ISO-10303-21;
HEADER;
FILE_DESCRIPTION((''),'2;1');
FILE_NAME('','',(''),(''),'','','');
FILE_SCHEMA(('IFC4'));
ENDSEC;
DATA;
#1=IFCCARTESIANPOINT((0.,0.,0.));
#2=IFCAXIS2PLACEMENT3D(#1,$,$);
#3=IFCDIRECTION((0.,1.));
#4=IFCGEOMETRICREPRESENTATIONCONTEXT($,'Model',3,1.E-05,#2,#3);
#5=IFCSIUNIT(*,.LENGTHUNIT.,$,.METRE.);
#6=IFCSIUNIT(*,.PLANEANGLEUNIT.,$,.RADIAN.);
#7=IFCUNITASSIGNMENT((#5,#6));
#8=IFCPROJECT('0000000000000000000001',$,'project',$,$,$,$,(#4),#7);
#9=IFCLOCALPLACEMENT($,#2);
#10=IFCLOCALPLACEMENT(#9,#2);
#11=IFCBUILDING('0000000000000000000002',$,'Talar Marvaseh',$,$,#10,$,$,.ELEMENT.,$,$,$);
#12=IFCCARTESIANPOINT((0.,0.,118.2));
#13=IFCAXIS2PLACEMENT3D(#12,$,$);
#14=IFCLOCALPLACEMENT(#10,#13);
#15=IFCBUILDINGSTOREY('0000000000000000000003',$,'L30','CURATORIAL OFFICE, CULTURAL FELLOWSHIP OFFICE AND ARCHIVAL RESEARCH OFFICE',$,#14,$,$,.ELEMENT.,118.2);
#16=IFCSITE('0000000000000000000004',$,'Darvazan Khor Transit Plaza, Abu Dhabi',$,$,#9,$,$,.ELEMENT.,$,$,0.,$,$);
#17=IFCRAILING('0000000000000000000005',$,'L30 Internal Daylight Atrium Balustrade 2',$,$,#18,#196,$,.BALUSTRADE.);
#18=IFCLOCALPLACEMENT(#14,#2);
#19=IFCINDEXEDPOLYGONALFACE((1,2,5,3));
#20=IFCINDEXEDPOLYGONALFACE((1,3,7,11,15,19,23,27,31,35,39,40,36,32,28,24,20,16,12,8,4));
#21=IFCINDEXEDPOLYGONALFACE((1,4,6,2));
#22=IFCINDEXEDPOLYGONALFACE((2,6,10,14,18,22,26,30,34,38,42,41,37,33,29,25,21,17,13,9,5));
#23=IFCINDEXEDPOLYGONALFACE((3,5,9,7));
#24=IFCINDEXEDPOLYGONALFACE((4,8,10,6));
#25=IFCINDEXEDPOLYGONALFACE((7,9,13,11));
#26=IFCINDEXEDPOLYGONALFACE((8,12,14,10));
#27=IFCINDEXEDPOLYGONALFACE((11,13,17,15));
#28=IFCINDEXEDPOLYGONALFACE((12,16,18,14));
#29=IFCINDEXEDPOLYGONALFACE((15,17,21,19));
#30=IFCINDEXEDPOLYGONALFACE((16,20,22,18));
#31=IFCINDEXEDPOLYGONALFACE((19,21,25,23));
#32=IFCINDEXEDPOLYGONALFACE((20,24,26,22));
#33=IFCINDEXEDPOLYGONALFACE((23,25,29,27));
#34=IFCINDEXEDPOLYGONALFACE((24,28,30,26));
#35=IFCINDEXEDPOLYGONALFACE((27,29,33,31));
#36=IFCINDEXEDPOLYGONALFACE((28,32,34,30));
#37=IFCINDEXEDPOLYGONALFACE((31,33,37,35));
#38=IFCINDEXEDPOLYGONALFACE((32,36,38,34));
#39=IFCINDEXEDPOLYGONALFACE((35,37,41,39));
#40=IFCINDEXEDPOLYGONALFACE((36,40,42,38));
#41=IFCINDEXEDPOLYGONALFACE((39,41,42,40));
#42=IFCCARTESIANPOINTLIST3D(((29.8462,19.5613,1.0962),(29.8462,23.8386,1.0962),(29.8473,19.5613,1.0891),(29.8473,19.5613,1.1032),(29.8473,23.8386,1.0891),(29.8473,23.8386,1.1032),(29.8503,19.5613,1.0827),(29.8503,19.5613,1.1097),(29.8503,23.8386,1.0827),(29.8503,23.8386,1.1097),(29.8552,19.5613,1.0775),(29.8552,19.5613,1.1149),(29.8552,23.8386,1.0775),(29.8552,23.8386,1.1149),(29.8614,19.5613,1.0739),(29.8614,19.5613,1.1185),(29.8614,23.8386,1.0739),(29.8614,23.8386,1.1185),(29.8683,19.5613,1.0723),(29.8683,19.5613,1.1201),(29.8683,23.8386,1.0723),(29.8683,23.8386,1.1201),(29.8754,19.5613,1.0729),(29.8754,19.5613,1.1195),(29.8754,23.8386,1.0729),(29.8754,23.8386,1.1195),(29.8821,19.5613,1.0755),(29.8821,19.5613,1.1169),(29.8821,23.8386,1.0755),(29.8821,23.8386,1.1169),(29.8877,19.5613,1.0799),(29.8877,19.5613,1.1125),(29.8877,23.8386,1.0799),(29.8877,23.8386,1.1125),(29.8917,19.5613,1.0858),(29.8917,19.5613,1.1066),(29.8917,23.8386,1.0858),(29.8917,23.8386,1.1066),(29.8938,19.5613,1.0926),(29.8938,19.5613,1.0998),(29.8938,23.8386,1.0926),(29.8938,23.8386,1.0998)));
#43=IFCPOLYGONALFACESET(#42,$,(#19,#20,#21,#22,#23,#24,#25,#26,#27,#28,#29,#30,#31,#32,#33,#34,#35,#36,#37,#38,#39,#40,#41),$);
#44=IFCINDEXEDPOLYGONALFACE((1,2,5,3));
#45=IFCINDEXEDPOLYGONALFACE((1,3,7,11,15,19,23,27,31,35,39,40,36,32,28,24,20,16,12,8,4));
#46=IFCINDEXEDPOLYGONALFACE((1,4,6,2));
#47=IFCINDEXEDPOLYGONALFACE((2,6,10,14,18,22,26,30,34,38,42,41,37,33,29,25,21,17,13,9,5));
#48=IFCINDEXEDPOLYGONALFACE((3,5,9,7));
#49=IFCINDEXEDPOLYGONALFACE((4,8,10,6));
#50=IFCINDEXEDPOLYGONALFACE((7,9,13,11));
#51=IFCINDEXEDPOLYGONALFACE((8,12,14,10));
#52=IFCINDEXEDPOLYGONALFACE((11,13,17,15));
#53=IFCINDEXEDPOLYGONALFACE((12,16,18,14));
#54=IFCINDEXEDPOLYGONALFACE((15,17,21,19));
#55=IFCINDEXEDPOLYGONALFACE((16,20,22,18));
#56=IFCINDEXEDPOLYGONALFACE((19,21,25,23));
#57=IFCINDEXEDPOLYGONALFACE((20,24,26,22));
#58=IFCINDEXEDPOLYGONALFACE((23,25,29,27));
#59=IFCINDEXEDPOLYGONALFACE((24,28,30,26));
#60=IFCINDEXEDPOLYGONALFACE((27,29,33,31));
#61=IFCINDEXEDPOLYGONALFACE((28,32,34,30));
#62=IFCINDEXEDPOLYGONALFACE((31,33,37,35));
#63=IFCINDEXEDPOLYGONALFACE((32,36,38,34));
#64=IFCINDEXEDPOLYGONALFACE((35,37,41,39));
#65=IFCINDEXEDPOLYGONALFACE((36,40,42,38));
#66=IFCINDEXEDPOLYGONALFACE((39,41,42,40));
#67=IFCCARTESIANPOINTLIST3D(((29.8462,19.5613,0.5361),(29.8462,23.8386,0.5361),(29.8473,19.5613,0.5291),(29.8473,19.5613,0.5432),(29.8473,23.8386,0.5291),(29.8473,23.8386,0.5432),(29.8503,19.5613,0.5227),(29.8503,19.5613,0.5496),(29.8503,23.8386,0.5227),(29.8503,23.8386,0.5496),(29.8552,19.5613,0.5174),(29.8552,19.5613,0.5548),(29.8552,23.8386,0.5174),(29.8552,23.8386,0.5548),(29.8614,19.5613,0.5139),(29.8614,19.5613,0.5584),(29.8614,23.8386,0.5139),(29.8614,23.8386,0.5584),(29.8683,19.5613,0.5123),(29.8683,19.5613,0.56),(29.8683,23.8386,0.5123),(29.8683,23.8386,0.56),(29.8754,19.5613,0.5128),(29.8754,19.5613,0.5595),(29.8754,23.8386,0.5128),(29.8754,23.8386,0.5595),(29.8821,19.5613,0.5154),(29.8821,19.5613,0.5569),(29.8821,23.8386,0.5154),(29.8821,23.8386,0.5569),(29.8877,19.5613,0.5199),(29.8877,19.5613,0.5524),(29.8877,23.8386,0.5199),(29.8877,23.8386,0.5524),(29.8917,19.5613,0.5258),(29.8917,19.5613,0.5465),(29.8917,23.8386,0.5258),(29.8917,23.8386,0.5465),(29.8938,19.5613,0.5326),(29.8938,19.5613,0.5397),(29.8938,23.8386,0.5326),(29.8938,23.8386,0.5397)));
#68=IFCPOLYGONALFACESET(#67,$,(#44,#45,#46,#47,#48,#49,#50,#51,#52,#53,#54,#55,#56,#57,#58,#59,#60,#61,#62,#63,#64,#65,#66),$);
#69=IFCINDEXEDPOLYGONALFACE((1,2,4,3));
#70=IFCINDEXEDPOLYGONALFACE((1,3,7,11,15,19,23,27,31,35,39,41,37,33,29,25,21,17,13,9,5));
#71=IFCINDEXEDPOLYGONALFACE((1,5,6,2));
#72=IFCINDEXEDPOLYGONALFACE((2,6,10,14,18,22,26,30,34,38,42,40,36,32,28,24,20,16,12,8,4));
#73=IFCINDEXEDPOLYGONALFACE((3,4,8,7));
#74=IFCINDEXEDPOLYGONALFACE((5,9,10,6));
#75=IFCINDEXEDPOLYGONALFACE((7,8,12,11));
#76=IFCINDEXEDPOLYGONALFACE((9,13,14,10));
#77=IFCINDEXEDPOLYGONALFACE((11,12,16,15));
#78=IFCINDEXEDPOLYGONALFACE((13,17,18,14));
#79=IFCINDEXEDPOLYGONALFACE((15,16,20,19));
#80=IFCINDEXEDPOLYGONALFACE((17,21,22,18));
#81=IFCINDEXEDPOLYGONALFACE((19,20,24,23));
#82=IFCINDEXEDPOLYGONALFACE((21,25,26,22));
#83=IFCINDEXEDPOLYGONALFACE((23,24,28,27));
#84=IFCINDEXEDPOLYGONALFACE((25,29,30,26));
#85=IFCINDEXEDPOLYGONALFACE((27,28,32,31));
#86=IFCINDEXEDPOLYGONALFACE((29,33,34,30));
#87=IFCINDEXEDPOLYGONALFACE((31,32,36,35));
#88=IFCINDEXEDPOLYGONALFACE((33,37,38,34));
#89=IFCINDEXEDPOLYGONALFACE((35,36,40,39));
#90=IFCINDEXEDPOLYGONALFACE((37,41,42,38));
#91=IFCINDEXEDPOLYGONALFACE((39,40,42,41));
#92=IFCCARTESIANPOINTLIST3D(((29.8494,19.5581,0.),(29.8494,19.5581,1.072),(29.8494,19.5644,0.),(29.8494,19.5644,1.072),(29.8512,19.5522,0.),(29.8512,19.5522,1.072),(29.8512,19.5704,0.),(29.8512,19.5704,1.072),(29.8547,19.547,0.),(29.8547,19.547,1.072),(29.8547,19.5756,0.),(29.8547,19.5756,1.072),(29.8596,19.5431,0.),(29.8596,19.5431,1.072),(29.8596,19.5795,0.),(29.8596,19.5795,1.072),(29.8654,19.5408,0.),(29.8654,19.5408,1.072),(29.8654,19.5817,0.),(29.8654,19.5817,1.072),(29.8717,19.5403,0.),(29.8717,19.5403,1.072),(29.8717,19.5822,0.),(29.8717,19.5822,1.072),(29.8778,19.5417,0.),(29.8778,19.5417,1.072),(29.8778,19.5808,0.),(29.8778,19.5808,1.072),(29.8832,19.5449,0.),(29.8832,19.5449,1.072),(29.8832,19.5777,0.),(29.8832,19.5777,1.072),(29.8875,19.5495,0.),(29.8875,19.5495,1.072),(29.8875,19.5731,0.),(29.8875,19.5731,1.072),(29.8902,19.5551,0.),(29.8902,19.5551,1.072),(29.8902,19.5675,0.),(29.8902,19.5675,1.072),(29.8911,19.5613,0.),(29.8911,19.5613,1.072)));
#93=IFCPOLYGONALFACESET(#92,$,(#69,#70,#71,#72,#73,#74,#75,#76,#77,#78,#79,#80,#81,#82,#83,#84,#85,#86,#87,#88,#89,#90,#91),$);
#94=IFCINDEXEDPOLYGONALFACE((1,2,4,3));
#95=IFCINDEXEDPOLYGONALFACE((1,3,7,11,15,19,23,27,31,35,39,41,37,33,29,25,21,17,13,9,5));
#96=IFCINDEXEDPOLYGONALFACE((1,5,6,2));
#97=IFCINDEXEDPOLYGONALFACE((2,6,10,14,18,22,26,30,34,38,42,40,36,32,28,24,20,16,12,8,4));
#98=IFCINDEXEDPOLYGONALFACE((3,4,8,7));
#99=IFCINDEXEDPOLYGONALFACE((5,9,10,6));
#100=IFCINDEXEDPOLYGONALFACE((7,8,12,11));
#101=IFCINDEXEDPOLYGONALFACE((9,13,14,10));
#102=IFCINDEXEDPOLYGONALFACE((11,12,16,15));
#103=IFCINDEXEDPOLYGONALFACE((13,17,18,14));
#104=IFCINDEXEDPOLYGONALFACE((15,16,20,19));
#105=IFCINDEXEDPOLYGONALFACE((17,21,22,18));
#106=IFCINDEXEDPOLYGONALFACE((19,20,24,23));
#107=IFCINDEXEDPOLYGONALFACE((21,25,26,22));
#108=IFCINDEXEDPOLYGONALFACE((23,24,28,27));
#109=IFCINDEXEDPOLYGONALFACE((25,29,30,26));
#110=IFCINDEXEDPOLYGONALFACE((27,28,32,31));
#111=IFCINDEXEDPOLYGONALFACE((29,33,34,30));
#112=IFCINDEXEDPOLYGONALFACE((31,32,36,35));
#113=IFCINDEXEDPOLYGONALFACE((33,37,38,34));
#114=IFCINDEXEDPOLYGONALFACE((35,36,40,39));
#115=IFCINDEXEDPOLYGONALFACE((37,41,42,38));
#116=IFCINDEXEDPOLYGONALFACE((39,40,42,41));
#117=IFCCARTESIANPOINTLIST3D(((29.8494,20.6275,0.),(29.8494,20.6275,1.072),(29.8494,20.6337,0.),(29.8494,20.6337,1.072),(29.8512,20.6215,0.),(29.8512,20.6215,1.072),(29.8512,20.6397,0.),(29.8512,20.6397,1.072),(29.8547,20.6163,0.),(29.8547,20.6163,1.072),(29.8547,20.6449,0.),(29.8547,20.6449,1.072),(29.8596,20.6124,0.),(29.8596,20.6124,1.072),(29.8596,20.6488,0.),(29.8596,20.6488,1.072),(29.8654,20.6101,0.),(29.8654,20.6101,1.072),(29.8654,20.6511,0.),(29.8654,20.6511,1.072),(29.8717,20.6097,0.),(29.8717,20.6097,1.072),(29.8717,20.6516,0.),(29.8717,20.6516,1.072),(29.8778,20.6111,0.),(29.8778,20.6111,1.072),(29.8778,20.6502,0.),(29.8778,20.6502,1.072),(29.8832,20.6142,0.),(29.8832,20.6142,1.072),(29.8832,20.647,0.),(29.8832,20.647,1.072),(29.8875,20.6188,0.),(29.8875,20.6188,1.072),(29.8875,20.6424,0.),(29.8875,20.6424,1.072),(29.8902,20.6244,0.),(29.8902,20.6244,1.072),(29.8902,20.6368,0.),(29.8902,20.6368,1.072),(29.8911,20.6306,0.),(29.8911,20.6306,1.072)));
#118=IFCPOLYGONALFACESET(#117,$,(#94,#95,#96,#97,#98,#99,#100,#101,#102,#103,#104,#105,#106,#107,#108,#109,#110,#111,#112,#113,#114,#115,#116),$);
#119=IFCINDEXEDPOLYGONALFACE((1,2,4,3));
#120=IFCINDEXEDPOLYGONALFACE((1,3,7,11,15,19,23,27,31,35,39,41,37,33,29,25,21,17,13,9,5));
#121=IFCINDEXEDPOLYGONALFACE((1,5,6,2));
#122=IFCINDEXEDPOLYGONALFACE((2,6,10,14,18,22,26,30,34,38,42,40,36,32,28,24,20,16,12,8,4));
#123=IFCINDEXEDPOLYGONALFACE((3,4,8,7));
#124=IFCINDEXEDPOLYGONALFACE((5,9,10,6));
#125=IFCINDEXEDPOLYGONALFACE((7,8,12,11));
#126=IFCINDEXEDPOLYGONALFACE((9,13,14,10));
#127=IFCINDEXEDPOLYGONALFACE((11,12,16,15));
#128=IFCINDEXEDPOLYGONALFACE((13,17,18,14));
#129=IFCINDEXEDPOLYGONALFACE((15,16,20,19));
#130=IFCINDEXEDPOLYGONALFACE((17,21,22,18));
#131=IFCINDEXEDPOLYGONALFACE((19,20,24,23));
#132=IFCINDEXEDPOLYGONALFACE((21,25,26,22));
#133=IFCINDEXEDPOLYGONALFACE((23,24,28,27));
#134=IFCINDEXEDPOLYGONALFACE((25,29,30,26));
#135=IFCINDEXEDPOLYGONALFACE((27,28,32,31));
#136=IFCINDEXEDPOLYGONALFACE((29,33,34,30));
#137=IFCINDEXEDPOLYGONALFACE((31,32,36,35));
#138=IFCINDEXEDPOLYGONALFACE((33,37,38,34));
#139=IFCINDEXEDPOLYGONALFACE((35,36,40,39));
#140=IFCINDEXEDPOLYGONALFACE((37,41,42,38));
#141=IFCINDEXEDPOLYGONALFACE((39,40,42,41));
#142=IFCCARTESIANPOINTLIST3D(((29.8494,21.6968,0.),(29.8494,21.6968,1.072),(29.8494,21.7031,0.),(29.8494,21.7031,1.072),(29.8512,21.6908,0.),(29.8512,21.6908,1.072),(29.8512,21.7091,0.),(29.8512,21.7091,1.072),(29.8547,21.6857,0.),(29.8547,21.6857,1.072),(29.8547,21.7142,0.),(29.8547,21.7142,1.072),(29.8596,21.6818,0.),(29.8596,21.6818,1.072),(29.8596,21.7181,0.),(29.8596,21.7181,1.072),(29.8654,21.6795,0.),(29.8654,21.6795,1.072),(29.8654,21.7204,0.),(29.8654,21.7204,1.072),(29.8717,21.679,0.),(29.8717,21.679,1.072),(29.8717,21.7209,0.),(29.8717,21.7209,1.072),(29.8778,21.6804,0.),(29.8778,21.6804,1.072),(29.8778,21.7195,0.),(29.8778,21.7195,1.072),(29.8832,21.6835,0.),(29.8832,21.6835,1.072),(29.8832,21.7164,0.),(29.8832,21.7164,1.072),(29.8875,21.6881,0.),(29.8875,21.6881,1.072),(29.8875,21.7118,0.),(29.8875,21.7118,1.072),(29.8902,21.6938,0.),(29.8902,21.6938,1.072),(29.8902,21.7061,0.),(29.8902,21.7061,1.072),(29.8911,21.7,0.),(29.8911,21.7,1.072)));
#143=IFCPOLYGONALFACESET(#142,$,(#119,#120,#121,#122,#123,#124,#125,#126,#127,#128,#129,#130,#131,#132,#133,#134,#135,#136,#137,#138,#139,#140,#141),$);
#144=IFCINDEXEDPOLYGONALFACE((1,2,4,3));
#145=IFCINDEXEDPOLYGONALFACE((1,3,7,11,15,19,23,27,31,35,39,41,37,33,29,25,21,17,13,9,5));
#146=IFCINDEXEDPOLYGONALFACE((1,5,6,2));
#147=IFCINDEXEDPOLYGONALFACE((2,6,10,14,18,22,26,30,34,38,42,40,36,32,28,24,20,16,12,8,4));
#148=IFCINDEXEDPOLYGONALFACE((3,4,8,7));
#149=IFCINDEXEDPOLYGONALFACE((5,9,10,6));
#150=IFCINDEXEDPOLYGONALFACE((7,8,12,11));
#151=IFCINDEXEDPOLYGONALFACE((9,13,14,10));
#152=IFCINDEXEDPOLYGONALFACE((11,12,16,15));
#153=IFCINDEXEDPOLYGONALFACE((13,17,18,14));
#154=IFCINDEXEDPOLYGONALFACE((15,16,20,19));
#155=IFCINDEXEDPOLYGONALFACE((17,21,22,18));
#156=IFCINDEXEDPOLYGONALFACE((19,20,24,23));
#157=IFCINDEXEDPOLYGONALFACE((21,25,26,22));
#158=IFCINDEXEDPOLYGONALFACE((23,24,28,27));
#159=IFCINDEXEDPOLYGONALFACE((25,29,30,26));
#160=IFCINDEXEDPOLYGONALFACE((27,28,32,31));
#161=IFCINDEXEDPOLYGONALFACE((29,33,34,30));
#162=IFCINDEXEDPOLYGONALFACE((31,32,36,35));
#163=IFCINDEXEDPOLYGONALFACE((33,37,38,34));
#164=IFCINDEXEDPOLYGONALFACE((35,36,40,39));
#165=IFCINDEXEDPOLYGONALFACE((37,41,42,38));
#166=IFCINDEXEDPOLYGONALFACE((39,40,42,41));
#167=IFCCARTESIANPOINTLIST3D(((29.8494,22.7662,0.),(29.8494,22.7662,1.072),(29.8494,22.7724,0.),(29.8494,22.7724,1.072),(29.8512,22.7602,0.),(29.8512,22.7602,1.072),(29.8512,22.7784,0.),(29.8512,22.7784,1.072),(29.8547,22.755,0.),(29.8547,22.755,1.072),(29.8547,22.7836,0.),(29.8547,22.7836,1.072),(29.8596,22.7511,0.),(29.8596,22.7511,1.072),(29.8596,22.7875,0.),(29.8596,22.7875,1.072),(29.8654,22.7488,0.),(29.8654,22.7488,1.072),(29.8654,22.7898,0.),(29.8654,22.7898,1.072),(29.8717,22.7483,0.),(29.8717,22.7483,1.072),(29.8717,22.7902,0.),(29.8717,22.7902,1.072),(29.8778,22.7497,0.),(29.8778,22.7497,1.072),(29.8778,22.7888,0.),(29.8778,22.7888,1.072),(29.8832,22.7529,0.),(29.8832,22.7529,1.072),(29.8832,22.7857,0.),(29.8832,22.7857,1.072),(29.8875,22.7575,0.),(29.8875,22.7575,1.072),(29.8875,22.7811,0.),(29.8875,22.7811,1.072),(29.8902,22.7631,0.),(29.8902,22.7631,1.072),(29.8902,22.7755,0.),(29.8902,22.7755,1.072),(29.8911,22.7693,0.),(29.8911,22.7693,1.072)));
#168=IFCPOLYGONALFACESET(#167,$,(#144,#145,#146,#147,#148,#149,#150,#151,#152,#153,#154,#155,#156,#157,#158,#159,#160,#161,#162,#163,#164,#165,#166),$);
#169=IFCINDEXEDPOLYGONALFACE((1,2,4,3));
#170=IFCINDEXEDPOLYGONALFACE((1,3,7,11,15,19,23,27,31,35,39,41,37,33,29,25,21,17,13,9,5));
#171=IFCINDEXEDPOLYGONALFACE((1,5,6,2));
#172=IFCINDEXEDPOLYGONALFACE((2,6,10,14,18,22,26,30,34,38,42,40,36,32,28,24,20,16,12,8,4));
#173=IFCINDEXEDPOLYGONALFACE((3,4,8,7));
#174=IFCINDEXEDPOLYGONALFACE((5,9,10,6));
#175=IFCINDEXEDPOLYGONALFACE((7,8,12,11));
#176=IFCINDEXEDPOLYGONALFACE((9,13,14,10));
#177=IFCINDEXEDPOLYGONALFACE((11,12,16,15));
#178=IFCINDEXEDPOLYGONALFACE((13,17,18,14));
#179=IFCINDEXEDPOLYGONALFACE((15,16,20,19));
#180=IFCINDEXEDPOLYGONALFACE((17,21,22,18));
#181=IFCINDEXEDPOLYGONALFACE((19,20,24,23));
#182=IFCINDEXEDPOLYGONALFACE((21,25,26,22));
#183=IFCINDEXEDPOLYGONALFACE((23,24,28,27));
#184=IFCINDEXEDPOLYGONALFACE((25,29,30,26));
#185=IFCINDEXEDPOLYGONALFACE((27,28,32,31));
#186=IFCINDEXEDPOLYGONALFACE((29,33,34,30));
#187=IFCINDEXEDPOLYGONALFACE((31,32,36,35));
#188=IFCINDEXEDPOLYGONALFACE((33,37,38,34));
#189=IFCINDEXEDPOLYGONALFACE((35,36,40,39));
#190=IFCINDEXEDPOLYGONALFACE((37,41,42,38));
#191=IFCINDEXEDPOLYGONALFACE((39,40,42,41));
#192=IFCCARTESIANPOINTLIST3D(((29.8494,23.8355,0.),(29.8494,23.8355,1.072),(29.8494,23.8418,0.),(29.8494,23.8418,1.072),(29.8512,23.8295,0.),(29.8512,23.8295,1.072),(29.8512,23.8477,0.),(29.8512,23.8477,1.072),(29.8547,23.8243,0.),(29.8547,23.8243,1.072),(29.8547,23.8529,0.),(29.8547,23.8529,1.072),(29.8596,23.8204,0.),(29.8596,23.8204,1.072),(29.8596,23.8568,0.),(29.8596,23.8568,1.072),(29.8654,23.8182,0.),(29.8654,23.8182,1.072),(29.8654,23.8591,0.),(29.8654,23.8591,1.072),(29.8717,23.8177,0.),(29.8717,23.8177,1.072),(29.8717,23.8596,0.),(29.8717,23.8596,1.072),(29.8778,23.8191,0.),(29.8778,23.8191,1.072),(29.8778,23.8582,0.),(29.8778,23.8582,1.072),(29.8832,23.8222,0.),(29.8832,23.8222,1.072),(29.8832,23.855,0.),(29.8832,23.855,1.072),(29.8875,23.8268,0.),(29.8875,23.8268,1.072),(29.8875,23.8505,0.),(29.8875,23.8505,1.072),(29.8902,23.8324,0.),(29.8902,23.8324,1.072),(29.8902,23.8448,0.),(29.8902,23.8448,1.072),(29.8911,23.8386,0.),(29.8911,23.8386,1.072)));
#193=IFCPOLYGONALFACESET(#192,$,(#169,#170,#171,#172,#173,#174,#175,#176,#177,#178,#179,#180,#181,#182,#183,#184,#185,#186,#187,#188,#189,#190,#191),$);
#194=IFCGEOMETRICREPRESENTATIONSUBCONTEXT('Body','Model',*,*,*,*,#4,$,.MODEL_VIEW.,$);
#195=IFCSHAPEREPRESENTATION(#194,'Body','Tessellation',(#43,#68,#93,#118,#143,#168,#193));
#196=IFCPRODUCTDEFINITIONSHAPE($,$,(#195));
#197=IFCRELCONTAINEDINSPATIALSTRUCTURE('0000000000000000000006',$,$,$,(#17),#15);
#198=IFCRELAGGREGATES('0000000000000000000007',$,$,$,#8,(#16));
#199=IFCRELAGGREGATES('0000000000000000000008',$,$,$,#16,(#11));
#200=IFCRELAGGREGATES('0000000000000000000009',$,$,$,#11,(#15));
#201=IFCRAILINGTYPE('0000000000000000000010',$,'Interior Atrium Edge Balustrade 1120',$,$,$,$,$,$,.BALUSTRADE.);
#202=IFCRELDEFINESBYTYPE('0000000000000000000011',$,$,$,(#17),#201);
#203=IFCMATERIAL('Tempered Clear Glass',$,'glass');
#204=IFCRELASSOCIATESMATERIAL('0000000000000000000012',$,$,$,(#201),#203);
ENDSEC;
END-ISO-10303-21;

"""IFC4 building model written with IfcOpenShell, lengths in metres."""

from ifc_helpers import new_model, si_unit, direction, frame, origin, origin_2d, place, context, subcontext, project, spatial, circle, extrude, material, type_object, element, save


model = new_model("IFC4")

# Units and contexts
model_context = context("Model", 3, precision=1e-05, world=origin(), true_north=direction((0.0, 1.0)))
body_context = subcontext(model_context, "Body", "Model", "MODEL_VIEW")
ifc_project = project(units=[si_unit("LENGTHUNIT", "METRE"), si_unit("PLANEANGLEUNIT", "RADIAN")], contexts=[model_context])

# Site, building, storey
site_placement = place(None, origin())
site = spatial("IfcSite", under=ifc_project, at=site_placement, Name="Darvazan Khor Transit Plaza, Abu Dhabi", CompositionType="ELEMENT", RefElevation=0.0)
building_placement = place(site_placement, origin())
building = spatial("IfcBuilding", under=site, at=building_placement, Name="Talar Marvaseh", CompositionType="ELEMENT")
storey_placement = place(building_placement, frame((0.0, 0.0, 118.2)))
storey = spatial("IfcBuildingStorey", under=building, at=storey_placement, Name="L30", Description="CURATORIAL OFFICE, CULTURAL FELLOWSHIP OFFICE AND ARCHIVAL RESEARCH OFFICE", CompositionType="ELEMENT", Elevation=118.2)

# Railing
ifc_material_1 = material(Name="Tempered Clear Glass", Category="glass")
railing_type_1 = type_object("IfcRailingType", Name="Interior Atrium Edge Balustrade 1120", PredefinedType="BALUSTRADE", material=ifc_material_1)
railing_1_placement = place(storey_placement, frame((29.8701, 19.5613, 0.0)))
element("IfcRailing", 1, at=railing_1_placement, inside=storey, type_object=railing_type_1, Name="L30 Internal Daylight Atrium Balustrade 2", PredefinedType="BALUSTRADE", context=body_context, shape_type="SweptSolid", body=[
    extrude(circle(Radius=0.0239, at=origin_2d()), frame((0.0, 0.0, 1.0962), z_axis=(0.0, 1.0, 0.0), x_axis=(-1.0, 0.0, 0.0)), (0.0, 0.0, 1.0), 4.2773),
    extrude(circle(Radius=0.0239, at=origin_2d()), frame((0.0, 0.0, 0.5361), z_axis=(0.0, 1.0, 0.0), x_axis=(-1.0, 0.0, 0.0)), (0.0, 0.0, 1.0), 4.2773),
    extrude(circle(Radius=0.021, at=origin_2d()), origin(), (0.0, 0.0, 1.0), 1.072),
    extrude(circle(Radius=0.021, at=origin_2d()), frame((0.0, 1.0693, 0.0)), (0.0, 0.0, 1.0), 1.072),
    extrude(circle(Radius=0.021, at=origin_2d()), frame((0.0, 2.1387, 0.0)), (0.0, 0.0, 1.0), 1.072),
    extrude(circle(Radius=0.021, at=origin_2d()), frame((0.0, 3.208, 0.0)), (0.0, 0.0, 1.0), 1.072),
    extrude(circle(Radius=0.021, at=origin_2d()), frame((0.0, 4.2773, 0.0)), (0.0, 0.0, 1.0), 1.072),
])

save(model, "model.ifc")
